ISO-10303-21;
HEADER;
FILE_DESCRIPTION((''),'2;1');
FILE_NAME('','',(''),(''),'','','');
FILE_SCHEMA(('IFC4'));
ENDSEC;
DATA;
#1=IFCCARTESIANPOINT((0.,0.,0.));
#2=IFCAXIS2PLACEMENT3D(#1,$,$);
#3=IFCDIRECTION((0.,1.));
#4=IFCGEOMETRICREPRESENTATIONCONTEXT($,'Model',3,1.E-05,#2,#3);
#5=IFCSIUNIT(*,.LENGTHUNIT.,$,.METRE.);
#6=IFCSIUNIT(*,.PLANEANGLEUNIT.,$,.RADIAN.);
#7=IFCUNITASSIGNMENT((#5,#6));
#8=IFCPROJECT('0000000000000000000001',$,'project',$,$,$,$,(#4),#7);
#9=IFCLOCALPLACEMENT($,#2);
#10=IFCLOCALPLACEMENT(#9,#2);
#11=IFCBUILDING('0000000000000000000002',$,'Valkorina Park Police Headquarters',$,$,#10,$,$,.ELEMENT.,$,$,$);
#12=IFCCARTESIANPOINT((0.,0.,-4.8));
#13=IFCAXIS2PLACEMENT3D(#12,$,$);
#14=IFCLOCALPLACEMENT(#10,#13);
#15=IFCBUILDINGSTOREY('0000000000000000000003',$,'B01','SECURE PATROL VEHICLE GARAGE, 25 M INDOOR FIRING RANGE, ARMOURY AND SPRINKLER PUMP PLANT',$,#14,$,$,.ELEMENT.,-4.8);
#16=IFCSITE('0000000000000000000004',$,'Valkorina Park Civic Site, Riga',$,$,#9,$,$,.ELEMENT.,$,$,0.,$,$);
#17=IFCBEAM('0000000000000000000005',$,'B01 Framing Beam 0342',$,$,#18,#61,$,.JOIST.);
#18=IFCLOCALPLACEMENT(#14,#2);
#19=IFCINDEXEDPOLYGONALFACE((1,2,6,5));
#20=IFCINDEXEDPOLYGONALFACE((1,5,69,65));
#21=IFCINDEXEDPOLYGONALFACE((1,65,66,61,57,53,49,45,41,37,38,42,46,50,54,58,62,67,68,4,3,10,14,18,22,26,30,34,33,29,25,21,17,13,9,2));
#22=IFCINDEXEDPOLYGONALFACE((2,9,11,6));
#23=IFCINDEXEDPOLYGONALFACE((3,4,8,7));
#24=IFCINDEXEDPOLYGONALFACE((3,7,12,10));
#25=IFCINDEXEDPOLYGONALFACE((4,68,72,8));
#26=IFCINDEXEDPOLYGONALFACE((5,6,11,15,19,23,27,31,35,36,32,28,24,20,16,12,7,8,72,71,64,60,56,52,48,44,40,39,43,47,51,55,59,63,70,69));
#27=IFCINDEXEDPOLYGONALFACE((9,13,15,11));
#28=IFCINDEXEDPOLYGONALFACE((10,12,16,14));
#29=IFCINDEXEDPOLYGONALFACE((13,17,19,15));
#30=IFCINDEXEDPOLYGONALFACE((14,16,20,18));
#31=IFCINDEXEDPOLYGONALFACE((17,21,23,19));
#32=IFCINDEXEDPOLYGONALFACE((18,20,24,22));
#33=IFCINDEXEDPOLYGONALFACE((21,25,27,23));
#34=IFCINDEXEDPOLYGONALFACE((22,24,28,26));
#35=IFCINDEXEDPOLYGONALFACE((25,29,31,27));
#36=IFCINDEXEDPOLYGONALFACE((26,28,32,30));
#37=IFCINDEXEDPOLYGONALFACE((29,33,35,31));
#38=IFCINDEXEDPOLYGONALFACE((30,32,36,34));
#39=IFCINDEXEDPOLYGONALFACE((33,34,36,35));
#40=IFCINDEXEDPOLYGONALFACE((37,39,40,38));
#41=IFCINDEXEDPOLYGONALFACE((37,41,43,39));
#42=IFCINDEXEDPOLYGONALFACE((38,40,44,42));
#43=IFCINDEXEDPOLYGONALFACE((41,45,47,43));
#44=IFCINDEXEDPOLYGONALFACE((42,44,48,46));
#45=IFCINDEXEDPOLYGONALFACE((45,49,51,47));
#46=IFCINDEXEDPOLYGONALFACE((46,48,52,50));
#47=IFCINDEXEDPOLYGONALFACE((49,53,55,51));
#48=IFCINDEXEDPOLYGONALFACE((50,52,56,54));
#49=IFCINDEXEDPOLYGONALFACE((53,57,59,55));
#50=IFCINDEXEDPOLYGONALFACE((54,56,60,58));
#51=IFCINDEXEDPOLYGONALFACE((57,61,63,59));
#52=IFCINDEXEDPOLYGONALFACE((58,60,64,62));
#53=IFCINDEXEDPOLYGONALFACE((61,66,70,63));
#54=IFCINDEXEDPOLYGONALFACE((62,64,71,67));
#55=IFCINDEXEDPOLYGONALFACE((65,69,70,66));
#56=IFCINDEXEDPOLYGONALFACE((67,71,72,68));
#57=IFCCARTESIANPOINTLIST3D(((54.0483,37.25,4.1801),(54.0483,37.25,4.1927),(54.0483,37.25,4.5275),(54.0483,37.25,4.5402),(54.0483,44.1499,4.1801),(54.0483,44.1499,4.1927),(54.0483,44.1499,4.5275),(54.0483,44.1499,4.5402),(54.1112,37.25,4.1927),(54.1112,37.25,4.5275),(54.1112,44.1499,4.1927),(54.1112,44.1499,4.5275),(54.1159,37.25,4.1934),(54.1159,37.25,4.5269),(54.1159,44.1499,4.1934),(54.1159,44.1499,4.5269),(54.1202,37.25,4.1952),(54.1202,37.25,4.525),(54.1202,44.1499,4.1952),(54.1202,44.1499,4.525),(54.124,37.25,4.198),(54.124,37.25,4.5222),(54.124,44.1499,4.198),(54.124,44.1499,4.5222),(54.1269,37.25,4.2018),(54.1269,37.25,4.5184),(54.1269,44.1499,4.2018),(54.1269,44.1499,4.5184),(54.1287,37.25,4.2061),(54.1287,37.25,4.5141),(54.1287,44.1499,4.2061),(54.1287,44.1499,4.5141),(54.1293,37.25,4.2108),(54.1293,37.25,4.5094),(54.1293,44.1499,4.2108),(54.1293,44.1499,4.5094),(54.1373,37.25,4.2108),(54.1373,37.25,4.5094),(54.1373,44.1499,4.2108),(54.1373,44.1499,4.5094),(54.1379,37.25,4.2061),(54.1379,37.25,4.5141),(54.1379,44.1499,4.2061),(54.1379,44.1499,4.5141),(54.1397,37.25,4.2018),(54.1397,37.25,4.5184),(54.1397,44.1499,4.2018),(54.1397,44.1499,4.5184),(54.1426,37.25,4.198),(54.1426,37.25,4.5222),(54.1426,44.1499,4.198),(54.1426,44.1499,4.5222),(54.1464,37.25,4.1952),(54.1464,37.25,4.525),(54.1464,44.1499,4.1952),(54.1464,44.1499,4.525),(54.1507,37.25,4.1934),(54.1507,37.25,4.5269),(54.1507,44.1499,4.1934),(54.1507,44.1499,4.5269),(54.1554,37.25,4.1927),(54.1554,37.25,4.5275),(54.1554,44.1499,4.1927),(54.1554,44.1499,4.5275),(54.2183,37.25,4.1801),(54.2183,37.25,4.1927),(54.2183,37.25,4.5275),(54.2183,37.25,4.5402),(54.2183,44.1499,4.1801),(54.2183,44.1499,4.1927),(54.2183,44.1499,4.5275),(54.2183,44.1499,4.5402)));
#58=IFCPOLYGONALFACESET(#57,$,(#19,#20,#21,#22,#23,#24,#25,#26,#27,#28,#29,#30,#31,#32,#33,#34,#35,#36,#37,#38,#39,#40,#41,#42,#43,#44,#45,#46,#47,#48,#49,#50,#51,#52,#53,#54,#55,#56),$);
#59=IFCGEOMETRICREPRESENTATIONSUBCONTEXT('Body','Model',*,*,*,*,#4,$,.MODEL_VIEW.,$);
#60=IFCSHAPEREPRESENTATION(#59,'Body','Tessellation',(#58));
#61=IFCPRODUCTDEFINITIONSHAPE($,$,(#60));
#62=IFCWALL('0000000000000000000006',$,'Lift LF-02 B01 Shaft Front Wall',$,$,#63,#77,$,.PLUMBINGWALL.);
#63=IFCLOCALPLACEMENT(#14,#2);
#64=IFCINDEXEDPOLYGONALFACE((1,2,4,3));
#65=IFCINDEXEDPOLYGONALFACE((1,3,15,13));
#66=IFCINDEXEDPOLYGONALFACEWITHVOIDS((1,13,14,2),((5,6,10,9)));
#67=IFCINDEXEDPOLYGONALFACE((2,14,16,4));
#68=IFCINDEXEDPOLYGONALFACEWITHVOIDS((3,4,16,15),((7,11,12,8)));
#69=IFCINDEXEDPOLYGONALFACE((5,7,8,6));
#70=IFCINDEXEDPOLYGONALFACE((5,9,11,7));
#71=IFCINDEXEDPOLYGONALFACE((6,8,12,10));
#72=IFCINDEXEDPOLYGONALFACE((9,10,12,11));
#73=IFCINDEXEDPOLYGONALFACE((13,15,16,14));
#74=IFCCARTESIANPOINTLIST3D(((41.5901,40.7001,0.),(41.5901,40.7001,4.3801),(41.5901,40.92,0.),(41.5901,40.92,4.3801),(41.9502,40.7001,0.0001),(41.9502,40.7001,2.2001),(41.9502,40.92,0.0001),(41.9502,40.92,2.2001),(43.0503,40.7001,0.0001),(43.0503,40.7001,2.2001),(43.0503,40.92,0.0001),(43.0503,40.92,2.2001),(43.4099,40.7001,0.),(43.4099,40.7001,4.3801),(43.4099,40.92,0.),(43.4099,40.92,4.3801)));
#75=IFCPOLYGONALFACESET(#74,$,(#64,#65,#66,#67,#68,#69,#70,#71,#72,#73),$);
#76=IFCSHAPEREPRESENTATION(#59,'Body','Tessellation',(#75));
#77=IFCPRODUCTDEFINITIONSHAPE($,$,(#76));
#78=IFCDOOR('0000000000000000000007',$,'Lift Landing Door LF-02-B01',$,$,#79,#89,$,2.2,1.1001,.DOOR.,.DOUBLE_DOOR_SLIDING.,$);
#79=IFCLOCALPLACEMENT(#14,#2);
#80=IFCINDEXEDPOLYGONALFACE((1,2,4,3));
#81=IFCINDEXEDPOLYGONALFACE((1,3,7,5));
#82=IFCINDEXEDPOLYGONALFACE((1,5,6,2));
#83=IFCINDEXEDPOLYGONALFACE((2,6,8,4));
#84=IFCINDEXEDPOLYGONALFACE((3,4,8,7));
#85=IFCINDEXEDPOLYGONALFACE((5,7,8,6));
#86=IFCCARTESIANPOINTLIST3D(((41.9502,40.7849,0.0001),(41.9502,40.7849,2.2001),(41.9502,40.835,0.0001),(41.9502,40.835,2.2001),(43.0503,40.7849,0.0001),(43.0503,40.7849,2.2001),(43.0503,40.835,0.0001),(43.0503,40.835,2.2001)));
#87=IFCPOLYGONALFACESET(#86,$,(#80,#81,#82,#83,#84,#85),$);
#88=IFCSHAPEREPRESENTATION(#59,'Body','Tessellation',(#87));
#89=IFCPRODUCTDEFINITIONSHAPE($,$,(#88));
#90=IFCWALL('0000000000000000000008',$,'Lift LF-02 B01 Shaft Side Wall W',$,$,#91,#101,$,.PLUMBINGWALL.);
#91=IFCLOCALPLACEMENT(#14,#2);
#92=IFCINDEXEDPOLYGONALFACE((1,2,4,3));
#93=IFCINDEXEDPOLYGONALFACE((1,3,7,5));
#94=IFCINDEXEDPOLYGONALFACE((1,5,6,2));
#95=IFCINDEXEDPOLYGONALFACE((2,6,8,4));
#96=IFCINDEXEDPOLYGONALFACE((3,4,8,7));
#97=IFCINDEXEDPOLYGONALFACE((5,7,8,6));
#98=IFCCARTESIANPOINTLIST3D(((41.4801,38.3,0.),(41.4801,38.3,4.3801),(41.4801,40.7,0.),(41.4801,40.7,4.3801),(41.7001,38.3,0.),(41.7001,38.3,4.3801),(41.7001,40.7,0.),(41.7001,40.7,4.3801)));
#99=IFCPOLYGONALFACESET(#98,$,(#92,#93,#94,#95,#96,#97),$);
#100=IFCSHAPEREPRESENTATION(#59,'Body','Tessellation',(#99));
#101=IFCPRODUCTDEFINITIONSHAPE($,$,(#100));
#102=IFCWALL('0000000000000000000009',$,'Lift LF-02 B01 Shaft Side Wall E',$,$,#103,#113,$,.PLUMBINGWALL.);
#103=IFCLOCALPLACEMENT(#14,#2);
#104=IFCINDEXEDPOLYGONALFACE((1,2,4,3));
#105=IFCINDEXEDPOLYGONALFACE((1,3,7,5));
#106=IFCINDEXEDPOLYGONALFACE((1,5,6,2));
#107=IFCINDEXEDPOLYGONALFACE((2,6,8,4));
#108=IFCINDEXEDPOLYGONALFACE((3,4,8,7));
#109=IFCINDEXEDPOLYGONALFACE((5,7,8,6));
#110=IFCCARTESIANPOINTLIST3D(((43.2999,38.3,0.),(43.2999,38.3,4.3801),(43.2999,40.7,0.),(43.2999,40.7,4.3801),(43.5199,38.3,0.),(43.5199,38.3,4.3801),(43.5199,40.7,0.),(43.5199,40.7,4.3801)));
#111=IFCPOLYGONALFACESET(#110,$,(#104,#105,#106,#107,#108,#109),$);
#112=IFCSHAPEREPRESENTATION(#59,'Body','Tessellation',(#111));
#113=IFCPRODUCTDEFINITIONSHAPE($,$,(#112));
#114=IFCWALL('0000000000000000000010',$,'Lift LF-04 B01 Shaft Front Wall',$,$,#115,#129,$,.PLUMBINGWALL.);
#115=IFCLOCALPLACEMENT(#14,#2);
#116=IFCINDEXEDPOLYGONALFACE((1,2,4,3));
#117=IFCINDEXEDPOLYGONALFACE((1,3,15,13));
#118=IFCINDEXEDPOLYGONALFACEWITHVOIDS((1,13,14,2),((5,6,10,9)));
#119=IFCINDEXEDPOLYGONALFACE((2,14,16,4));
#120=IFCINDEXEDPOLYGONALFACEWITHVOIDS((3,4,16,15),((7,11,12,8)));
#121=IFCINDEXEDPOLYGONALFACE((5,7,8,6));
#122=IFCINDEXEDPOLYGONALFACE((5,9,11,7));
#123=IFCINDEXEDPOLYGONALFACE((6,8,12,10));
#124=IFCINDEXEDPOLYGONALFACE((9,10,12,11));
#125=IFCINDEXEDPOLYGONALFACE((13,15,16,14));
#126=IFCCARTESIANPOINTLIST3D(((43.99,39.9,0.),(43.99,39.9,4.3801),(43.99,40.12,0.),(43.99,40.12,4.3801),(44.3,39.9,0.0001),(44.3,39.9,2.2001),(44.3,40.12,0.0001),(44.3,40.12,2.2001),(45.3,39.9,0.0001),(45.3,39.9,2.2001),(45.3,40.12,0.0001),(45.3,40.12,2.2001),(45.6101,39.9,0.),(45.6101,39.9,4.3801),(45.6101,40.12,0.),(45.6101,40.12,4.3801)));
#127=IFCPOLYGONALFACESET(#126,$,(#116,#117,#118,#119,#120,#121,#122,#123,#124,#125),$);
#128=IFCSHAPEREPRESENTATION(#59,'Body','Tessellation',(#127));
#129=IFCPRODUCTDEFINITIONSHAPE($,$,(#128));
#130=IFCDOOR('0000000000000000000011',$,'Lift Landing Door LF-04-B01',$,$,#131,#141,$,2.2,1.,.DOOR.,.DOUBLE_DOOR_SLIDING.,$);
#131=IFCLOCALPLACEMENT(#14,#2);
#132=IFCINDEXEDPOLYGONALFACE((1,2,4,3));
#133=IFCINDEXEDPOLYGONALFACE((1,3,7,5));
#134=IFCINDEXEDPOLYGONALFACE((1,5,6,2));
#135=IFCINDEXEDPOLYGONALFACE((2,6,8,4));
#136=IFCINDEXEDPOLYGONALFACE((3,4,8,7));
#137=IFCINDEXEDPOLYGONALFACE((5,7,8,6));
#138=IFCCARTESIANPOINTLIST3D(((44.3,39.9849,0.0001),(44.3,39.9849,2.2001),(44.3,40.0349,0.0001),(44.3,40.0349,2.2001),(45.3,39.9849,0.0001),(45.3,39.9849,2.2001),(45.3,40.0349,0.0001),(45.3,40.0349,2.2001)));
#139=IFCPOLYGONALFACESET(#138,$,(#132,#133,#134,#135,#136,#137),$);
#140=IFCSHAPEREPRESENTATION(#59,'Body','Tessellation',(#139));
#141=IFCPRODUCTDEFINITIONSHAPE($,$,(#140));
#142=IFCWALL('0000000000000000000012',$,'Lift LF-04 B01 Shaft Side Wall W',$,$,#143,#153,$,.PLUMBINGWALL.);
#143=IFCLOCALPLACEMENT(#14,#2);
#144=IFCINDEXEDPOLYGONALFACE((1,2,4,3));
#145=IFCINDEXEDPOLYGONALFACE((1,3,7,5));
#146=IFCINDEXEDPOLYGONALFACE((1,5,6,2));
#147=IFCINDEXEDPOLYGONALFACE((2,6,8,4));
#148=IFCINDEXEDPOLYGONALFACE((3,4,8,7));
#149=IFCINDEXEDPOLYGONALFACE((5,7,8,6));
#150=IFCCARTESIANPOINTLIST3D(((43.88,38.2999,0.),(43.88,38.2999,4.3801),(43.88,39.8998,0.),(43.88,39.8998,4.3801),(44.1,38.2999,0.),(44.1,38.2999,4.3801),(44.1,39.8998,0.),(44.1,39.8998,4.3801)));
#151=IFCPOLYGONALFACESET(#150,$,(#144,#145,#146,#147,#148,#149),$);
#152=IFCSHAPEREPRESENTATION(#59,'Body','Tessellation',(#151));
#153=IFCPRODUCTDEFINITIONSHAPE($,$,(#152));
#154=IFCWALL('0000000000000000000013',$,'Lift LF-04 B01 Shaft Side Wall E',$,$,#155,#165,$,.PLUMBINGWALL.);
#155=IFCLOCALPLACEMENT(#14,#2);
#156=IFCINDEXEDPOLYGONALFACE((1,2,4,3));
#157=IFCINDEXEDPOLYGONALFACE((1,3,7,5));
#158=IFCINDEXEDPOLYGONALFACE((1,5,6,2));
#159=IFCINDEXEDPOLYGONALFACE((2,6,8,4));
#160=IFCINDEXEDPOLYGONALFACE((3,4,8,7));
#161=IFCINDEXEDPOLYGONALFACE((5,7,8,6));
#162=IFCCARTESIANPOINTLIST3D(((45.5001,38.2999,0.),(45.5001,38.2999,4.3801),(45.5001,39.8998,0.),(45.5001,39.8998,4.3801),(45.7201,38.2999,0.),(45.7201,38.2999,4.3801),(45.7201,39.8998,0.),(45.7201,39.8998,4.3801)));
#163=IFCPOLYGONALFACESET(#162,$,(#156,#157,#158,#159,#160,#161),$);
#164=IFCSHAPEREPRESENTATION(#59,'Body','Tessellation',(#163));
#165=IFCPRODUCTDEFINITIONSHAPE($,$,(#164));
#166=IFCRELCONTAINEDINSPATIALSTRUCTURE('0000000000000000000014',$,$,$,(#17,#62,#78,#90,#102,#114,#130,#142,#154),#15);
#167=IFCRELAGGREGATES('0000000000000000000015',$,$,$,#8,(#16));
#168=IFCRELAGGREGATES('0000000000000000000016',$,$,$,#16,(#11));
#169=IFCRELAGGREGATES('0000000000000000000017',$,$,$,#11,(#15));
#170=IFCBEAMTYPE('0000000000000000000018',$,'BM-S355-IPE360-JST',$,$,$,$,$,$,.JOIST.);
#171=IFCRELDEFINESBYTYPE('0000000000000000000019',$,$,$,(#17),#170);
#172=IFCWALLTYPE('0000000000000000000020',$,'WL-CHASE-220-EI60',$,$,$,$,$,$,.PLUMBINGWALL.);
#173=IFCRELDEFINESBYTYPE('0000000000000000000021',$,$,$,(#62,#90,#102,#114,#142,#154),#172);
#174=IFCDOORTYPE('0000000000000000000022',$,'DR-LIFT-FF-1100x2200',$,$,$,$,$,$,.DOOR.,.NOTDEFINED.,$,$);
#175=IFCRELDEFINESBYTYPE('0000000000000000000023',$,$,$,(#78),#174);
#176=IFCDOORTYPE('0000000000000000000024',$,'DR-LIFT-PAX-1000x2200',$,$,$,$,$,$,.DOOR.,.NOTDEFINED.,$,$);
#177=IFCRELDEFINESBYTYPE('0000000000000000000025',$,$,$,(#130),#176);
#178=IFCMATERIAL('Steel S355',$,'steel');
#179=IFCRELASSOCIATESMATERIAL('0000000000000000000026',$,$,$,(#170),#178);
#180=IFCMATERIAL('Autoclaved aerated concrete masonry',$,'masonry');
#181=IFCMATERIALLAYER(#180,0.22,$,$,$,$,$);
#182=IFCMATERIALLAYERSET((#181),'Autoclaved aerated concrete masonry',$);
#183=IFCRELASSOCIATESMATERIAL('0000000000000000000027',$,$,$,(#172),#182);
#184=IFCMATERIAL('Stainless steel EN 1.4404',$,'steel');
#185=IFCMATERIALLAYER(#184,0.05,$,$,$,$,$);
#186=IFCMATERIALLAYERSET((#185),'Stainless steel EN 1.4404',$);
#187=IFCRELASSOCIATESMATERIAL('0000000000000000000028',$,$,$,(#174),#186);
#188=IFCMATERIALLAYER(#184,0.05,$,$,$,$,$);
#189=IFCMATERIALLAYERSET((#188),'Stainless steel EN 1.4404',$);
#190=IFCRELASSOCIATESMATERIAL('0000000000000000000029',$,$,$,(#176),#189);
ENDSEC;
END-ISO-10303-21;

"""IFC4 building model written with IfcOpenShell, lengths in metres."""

from ifc_helpers import new_model, si_unit, direction, frame, frame_2d, origin, origin_2d, place, context, subcontext, project, spatial, rectangle, i_section, extrude, material, layer, layer_set, material_profile, profile_set, type_object, element, fill, save


model = new_model("IFC4")

# Units and contexts
model_context = context("Model", 3, precision=1e-05, world=origin(), true_north=direction((0.0, 1.0)))
body_context = subcontext(model_context, "Body", "Model", "MODEL_VIEW")
ifc_project = project(units=[si_unit("LENGTHUNIT", "METRE"), si_unit("PLANEANGLEUNIT", "RADIAN")], contexts=[model_context])

# Site, building, storey
site_placement = place(None, origin())
site = spatial("IfcSite", under=ifc_project, at=site_placement, Name="Valkorina Park Civic Site, Riga", CompositionType="ELEMENT", RefElevation=0.0)
building_placement = place(site_placement, origin())
building = spatial("IfcBuilding", under=site, at=building_placement, Name="Valkorina Park Police Headquarters", CompositionType="ELEMENT")
storey_placement = place(building_placement, frame((0.0, 0.0, -4.8)))
storey = spatial("IfcBuildingStorey", under=building, at=storey_placement, Name="B01", Description="SECURE PATROL VEHICLE GARAGE, 25 M INDOOR FIRING RANGE, ARMOURY AND SPRINKLER PUMP PLANT", CompositionType="ELEMENT", Elevation=-4.8)

# Beam
ifc_material_1 = material(Name="Steel S355", Category="steel")
ifc_material_profile_1 = material_profile(ifc_material_1, i_section(OverallWidth=0.1699, OverallDepth=0.3601, WebThickness=0.0081, FlangeThickness=0.0127, FilletRadius=0.0181, at=origin_2d()), Name="IPE 360")
ifc_profile_set_1 = profile_set([ifc_material_profile_1], Name="Steel S355")
beam_type_1 = type_object("IfcBeamType", Name="BM-S355-IPE360-JST", PredefinedType="JOIST", material=ifc_profile_set_1)
for number, where, z_axis, x_axis, name in (
    (1, (54.1333, 37.25, 4.3601), (0.0, 1.0, 0.0), (-1.0, 0.0, 0.0), "B01 Framing Beam 0342"),
):
    element("IfcBeam", number, at=place(storey_placement, frame(where, z_axis=z_axis, x_axis=x_axis)), inside=storey, type_object=beam_type_1, Name=name, PredefinedType="JOIST", context=body_context, shape_type="SweptSolid", body=[
        extrude(i_section(OverallWidth=0.1699, OverallDepth=0.3601, WebThickness=0.0081, FlangeThickness=0.0127, FilletRadius=0.0181, at=origin_2d()), origin(), (0.0, 0.0, 1.0), 6.8999),
    ])

# Wall, opening, door
ifc_material_2 = material(Name="Autoclaved aerated concrete masonry", Category="masonry")
ifc_layer_1 = layer(ifc_material_2, 0.22)
ifc_layer_set_1 = layer_set([ifc_layer_1], Name="Autoclaved aerated concrete masonry")
wall_type_1 = type_object("IfcWallType", Name="WL-CHASE-220-EI60", PredefinedType="PLUMBINGWALL", material=ifc_layer_set_1)
wall_1_placement = place(storey_placement, frame((41.5901, 40.8101, 0.0), z_axis=(0.0, 0.0, 1.0), x_axis=(1.0, 0.0, 0.0)))
wall_1 = element("IfcWall", 2, at=wall_1_placement, inside=storey, type_object=wall_type_1, Name="Lift LF-02 B01 Shaft Front Wall", PredefinedType="PLUMBINGWALL", context=body_context, shape_type="SweptSolid", body=[
    extrude(rectangle(XDim=1.8198, YDim=0.22, at=frame_2d((0.9099, 0.0))), origin(), (0.0, 0.0, 1.0), 4.3801),
])
opening_1_placement = place(wall_1_placement, frame((0.3601, 0.0, 0.0)))
opening_1 = element("IfcOpeningElement", 3, at=opening_1_placement, cuts=wall_1, PredefinedType="OPENING", context=body_context, shape_type="SweptSolid", body=[
    extrude(rectangle(XDim=1.1001, YDim=2.2, at=frame_2d((0.55, 1.1001))), frame((0.0, 0.1201, 0.0), z_axis=(0.0, -1.0, 0.0), x_axis=(1.0, 0.0, 0.0)), (0.0, 0.0, 1.0), 0.24),
])
ifc_material_3 = material(Name="Stainless steel EN 1.4404", Category="steel")
ifc_layer_2 = layer(ifc_material_3, 0.05)
ifc_layer_set_2 = layer_set([ifc_layer_2], Name="Stainless steel EN 1.4404")
door_type_1 = type_object("IfcDoorType", Name="DR-LIFT-FF-1100x2200", OperationType="NOTDEFINED", PredefinedType="DOOR", material=ifc_layer_set_2)
door_1_placement = place(opening_1_placement, origin())
door_1 = element("IfcDoor", 4, at=door_1_placement, inside=storey, type_object=door_type_1, Name="Lift Landing Door LF-02-B01", OperationType="DOUBLE_DOOR_SLIDING", OverallHeight=2.2, OverallWidth=1.1001, PredefinedType="DOOR", context=body_context, shape_type="SweptSolid", body=[
    extrude(rectangle(XDim=1.1001, YDim=2.2, at=frame_2d((0.55, 1.1001))), frame((0.0, 0.0249, 0.0), z_axis=(0.0, -1.0, 0.0), x_axis=(1.0, 0.0, 0.0)), (0.0, 0.0, 1.0), 0.05),
])
fill(opening_1, door_1)

# Walls
for number, where, z_axis, x_axis, name in (
    (5, (41.5901, 38.3, 0.0), (0.0, 0.0, 1.0), (0.0, 1.0, 0.0), "Lift LF-02 B01 Shaft Side Wall W"),
    (6, (43.4099, 38.3, 0.0), (0.0, 0.0, 1.0), (0.0, 1.0, 0.0), "Lift LF-02 B01 Shaft Side Wall E"),
):
    element("IfcWall", number, at=place(storey_placement, frame(where, z_axis=z_axis, x_axis=x_axis)), inside=storey, type_object=wall_type_1, Name=name, PredefinedType="PLUMBINGWALL", context=body_context, shape_type="SweptSolid", body=[
        extrude(rectangle(XDim=2.3999, YDim=0.22, at=frame_2d((1.2, 0.0))), origin(), (0.0, 0.0, 1.0), 4.3801),
    ])

# Wall, opening, door
wall_2_placement = place(storey_placement, frame((43.99, 40.01, 0.0), z_axis=(0.0, 0.0, 1.0), x_axis=(1.0, 0.0, 0.0)))
wall_2 = element("IfcWall", 7, at=wall_2_placement, inside=storey, type_object=wall_type_1, Name="Lift LF-04 B01 Shaft Front Wall", PredefinedType="PLUMBINGWALL", context=body_context, shape_type="SweptSolid", body=[
    extrude(rectangle(XDim=1.6201, YDim=0.22, at=frame_2d((0.8101, 0.0))), origin(), (0.0, 0.0, 1.0), 4.3801),
])
opening_2_placement = place(wall_2_placement, frame((0.3101, 0.0, 0.0)))
opening_2 = element("IfcOpeningElement", 8, at=opening_2_placement, cuts=wall_2, PredefinedType="OPENING", context=body_context, shape_type="SweptSolid", body=[
    extrude(rectangle(XDim=1.0, YDim=2.2, at=frame_2d((0.5, 1.1001))), frame((0.0, 0.1201, 0.0), z_axis=(0.0, -1.0, 0.0), x_axis=(1.0, 0.0, 0.0)), (0.0, 0.0, 1.0), 0.24),
])
ifc_layer_3 = layer(ifc_material_3, 0.05)
ifc_layer_set_3 = layer_set([ifc_layer_3], Name="Stainless steel EN 1.4404")
door_type_2 = type_object("IfcDoorType", Name="DR-LIFT-PAX-1000x2200", OperationType="NOTDEFINED", PredefinedType="DOOR", material=ifc_layer_set_3)
door_2_placement = place(opening_2_placement, origin())
door_2 = element("IfcDoor", 9, at=door_2_placement, inside=storey, type_object=door_type_2, Name="Lift Landing Door LF-04-B01", OperationType="DOUBLE_DOOR_SLIDING", OverallHeight=2.2, OverallWidth=1.0, PredefinedType="DOOR", context=body_context, shape_type="SweptSolid", body=[
    extrude(rectangle(XDim=1.0, YDim=2.2, at=frame_2d((0.5, 1.1001))), frame((0.0, 0.0249, 0.0), z_axis=(0.0, -1.0, 0.0), x_axis=(1.0, 0.0, 0.0)), (0.0, 0.0, 1.0), 0.05),
])
fill(opening_2, door_2)

# Walls
for number, where, z_axis, x_axis, name in (
    (10, (43.99, 38.3, 0.0), (0.0, 0.0, 1.0), (0.0, 1.0, 0.0), "Lift LF-04 B01 Shaft Side Wall W"),
    (11, (45.6101, 38.3, 0.0), (0.0, 0.0, 1.0), (0.0, 1.0, 0.0), "Lift LF-04 B01 Shaft Side Wall E"),
):
    element("IfcWall", number, at=place(storey_placement, frame(where, z_axis=z_axis, x_axis=x_axis)), inside=storey, type_object=wall_type_1, Name=name, PredefinedType="PLUMBINGWALL", context=body_context, shape_type="SweptSolid", body=[
        extrude(rectangle(XDim=1.5999, YDim=0.22, at=frame_2d((0.7998, 0.0))), origin(), (0.0, 0.0, 1.0), 4.3801),
    ])

save(model, "model.ifc")
